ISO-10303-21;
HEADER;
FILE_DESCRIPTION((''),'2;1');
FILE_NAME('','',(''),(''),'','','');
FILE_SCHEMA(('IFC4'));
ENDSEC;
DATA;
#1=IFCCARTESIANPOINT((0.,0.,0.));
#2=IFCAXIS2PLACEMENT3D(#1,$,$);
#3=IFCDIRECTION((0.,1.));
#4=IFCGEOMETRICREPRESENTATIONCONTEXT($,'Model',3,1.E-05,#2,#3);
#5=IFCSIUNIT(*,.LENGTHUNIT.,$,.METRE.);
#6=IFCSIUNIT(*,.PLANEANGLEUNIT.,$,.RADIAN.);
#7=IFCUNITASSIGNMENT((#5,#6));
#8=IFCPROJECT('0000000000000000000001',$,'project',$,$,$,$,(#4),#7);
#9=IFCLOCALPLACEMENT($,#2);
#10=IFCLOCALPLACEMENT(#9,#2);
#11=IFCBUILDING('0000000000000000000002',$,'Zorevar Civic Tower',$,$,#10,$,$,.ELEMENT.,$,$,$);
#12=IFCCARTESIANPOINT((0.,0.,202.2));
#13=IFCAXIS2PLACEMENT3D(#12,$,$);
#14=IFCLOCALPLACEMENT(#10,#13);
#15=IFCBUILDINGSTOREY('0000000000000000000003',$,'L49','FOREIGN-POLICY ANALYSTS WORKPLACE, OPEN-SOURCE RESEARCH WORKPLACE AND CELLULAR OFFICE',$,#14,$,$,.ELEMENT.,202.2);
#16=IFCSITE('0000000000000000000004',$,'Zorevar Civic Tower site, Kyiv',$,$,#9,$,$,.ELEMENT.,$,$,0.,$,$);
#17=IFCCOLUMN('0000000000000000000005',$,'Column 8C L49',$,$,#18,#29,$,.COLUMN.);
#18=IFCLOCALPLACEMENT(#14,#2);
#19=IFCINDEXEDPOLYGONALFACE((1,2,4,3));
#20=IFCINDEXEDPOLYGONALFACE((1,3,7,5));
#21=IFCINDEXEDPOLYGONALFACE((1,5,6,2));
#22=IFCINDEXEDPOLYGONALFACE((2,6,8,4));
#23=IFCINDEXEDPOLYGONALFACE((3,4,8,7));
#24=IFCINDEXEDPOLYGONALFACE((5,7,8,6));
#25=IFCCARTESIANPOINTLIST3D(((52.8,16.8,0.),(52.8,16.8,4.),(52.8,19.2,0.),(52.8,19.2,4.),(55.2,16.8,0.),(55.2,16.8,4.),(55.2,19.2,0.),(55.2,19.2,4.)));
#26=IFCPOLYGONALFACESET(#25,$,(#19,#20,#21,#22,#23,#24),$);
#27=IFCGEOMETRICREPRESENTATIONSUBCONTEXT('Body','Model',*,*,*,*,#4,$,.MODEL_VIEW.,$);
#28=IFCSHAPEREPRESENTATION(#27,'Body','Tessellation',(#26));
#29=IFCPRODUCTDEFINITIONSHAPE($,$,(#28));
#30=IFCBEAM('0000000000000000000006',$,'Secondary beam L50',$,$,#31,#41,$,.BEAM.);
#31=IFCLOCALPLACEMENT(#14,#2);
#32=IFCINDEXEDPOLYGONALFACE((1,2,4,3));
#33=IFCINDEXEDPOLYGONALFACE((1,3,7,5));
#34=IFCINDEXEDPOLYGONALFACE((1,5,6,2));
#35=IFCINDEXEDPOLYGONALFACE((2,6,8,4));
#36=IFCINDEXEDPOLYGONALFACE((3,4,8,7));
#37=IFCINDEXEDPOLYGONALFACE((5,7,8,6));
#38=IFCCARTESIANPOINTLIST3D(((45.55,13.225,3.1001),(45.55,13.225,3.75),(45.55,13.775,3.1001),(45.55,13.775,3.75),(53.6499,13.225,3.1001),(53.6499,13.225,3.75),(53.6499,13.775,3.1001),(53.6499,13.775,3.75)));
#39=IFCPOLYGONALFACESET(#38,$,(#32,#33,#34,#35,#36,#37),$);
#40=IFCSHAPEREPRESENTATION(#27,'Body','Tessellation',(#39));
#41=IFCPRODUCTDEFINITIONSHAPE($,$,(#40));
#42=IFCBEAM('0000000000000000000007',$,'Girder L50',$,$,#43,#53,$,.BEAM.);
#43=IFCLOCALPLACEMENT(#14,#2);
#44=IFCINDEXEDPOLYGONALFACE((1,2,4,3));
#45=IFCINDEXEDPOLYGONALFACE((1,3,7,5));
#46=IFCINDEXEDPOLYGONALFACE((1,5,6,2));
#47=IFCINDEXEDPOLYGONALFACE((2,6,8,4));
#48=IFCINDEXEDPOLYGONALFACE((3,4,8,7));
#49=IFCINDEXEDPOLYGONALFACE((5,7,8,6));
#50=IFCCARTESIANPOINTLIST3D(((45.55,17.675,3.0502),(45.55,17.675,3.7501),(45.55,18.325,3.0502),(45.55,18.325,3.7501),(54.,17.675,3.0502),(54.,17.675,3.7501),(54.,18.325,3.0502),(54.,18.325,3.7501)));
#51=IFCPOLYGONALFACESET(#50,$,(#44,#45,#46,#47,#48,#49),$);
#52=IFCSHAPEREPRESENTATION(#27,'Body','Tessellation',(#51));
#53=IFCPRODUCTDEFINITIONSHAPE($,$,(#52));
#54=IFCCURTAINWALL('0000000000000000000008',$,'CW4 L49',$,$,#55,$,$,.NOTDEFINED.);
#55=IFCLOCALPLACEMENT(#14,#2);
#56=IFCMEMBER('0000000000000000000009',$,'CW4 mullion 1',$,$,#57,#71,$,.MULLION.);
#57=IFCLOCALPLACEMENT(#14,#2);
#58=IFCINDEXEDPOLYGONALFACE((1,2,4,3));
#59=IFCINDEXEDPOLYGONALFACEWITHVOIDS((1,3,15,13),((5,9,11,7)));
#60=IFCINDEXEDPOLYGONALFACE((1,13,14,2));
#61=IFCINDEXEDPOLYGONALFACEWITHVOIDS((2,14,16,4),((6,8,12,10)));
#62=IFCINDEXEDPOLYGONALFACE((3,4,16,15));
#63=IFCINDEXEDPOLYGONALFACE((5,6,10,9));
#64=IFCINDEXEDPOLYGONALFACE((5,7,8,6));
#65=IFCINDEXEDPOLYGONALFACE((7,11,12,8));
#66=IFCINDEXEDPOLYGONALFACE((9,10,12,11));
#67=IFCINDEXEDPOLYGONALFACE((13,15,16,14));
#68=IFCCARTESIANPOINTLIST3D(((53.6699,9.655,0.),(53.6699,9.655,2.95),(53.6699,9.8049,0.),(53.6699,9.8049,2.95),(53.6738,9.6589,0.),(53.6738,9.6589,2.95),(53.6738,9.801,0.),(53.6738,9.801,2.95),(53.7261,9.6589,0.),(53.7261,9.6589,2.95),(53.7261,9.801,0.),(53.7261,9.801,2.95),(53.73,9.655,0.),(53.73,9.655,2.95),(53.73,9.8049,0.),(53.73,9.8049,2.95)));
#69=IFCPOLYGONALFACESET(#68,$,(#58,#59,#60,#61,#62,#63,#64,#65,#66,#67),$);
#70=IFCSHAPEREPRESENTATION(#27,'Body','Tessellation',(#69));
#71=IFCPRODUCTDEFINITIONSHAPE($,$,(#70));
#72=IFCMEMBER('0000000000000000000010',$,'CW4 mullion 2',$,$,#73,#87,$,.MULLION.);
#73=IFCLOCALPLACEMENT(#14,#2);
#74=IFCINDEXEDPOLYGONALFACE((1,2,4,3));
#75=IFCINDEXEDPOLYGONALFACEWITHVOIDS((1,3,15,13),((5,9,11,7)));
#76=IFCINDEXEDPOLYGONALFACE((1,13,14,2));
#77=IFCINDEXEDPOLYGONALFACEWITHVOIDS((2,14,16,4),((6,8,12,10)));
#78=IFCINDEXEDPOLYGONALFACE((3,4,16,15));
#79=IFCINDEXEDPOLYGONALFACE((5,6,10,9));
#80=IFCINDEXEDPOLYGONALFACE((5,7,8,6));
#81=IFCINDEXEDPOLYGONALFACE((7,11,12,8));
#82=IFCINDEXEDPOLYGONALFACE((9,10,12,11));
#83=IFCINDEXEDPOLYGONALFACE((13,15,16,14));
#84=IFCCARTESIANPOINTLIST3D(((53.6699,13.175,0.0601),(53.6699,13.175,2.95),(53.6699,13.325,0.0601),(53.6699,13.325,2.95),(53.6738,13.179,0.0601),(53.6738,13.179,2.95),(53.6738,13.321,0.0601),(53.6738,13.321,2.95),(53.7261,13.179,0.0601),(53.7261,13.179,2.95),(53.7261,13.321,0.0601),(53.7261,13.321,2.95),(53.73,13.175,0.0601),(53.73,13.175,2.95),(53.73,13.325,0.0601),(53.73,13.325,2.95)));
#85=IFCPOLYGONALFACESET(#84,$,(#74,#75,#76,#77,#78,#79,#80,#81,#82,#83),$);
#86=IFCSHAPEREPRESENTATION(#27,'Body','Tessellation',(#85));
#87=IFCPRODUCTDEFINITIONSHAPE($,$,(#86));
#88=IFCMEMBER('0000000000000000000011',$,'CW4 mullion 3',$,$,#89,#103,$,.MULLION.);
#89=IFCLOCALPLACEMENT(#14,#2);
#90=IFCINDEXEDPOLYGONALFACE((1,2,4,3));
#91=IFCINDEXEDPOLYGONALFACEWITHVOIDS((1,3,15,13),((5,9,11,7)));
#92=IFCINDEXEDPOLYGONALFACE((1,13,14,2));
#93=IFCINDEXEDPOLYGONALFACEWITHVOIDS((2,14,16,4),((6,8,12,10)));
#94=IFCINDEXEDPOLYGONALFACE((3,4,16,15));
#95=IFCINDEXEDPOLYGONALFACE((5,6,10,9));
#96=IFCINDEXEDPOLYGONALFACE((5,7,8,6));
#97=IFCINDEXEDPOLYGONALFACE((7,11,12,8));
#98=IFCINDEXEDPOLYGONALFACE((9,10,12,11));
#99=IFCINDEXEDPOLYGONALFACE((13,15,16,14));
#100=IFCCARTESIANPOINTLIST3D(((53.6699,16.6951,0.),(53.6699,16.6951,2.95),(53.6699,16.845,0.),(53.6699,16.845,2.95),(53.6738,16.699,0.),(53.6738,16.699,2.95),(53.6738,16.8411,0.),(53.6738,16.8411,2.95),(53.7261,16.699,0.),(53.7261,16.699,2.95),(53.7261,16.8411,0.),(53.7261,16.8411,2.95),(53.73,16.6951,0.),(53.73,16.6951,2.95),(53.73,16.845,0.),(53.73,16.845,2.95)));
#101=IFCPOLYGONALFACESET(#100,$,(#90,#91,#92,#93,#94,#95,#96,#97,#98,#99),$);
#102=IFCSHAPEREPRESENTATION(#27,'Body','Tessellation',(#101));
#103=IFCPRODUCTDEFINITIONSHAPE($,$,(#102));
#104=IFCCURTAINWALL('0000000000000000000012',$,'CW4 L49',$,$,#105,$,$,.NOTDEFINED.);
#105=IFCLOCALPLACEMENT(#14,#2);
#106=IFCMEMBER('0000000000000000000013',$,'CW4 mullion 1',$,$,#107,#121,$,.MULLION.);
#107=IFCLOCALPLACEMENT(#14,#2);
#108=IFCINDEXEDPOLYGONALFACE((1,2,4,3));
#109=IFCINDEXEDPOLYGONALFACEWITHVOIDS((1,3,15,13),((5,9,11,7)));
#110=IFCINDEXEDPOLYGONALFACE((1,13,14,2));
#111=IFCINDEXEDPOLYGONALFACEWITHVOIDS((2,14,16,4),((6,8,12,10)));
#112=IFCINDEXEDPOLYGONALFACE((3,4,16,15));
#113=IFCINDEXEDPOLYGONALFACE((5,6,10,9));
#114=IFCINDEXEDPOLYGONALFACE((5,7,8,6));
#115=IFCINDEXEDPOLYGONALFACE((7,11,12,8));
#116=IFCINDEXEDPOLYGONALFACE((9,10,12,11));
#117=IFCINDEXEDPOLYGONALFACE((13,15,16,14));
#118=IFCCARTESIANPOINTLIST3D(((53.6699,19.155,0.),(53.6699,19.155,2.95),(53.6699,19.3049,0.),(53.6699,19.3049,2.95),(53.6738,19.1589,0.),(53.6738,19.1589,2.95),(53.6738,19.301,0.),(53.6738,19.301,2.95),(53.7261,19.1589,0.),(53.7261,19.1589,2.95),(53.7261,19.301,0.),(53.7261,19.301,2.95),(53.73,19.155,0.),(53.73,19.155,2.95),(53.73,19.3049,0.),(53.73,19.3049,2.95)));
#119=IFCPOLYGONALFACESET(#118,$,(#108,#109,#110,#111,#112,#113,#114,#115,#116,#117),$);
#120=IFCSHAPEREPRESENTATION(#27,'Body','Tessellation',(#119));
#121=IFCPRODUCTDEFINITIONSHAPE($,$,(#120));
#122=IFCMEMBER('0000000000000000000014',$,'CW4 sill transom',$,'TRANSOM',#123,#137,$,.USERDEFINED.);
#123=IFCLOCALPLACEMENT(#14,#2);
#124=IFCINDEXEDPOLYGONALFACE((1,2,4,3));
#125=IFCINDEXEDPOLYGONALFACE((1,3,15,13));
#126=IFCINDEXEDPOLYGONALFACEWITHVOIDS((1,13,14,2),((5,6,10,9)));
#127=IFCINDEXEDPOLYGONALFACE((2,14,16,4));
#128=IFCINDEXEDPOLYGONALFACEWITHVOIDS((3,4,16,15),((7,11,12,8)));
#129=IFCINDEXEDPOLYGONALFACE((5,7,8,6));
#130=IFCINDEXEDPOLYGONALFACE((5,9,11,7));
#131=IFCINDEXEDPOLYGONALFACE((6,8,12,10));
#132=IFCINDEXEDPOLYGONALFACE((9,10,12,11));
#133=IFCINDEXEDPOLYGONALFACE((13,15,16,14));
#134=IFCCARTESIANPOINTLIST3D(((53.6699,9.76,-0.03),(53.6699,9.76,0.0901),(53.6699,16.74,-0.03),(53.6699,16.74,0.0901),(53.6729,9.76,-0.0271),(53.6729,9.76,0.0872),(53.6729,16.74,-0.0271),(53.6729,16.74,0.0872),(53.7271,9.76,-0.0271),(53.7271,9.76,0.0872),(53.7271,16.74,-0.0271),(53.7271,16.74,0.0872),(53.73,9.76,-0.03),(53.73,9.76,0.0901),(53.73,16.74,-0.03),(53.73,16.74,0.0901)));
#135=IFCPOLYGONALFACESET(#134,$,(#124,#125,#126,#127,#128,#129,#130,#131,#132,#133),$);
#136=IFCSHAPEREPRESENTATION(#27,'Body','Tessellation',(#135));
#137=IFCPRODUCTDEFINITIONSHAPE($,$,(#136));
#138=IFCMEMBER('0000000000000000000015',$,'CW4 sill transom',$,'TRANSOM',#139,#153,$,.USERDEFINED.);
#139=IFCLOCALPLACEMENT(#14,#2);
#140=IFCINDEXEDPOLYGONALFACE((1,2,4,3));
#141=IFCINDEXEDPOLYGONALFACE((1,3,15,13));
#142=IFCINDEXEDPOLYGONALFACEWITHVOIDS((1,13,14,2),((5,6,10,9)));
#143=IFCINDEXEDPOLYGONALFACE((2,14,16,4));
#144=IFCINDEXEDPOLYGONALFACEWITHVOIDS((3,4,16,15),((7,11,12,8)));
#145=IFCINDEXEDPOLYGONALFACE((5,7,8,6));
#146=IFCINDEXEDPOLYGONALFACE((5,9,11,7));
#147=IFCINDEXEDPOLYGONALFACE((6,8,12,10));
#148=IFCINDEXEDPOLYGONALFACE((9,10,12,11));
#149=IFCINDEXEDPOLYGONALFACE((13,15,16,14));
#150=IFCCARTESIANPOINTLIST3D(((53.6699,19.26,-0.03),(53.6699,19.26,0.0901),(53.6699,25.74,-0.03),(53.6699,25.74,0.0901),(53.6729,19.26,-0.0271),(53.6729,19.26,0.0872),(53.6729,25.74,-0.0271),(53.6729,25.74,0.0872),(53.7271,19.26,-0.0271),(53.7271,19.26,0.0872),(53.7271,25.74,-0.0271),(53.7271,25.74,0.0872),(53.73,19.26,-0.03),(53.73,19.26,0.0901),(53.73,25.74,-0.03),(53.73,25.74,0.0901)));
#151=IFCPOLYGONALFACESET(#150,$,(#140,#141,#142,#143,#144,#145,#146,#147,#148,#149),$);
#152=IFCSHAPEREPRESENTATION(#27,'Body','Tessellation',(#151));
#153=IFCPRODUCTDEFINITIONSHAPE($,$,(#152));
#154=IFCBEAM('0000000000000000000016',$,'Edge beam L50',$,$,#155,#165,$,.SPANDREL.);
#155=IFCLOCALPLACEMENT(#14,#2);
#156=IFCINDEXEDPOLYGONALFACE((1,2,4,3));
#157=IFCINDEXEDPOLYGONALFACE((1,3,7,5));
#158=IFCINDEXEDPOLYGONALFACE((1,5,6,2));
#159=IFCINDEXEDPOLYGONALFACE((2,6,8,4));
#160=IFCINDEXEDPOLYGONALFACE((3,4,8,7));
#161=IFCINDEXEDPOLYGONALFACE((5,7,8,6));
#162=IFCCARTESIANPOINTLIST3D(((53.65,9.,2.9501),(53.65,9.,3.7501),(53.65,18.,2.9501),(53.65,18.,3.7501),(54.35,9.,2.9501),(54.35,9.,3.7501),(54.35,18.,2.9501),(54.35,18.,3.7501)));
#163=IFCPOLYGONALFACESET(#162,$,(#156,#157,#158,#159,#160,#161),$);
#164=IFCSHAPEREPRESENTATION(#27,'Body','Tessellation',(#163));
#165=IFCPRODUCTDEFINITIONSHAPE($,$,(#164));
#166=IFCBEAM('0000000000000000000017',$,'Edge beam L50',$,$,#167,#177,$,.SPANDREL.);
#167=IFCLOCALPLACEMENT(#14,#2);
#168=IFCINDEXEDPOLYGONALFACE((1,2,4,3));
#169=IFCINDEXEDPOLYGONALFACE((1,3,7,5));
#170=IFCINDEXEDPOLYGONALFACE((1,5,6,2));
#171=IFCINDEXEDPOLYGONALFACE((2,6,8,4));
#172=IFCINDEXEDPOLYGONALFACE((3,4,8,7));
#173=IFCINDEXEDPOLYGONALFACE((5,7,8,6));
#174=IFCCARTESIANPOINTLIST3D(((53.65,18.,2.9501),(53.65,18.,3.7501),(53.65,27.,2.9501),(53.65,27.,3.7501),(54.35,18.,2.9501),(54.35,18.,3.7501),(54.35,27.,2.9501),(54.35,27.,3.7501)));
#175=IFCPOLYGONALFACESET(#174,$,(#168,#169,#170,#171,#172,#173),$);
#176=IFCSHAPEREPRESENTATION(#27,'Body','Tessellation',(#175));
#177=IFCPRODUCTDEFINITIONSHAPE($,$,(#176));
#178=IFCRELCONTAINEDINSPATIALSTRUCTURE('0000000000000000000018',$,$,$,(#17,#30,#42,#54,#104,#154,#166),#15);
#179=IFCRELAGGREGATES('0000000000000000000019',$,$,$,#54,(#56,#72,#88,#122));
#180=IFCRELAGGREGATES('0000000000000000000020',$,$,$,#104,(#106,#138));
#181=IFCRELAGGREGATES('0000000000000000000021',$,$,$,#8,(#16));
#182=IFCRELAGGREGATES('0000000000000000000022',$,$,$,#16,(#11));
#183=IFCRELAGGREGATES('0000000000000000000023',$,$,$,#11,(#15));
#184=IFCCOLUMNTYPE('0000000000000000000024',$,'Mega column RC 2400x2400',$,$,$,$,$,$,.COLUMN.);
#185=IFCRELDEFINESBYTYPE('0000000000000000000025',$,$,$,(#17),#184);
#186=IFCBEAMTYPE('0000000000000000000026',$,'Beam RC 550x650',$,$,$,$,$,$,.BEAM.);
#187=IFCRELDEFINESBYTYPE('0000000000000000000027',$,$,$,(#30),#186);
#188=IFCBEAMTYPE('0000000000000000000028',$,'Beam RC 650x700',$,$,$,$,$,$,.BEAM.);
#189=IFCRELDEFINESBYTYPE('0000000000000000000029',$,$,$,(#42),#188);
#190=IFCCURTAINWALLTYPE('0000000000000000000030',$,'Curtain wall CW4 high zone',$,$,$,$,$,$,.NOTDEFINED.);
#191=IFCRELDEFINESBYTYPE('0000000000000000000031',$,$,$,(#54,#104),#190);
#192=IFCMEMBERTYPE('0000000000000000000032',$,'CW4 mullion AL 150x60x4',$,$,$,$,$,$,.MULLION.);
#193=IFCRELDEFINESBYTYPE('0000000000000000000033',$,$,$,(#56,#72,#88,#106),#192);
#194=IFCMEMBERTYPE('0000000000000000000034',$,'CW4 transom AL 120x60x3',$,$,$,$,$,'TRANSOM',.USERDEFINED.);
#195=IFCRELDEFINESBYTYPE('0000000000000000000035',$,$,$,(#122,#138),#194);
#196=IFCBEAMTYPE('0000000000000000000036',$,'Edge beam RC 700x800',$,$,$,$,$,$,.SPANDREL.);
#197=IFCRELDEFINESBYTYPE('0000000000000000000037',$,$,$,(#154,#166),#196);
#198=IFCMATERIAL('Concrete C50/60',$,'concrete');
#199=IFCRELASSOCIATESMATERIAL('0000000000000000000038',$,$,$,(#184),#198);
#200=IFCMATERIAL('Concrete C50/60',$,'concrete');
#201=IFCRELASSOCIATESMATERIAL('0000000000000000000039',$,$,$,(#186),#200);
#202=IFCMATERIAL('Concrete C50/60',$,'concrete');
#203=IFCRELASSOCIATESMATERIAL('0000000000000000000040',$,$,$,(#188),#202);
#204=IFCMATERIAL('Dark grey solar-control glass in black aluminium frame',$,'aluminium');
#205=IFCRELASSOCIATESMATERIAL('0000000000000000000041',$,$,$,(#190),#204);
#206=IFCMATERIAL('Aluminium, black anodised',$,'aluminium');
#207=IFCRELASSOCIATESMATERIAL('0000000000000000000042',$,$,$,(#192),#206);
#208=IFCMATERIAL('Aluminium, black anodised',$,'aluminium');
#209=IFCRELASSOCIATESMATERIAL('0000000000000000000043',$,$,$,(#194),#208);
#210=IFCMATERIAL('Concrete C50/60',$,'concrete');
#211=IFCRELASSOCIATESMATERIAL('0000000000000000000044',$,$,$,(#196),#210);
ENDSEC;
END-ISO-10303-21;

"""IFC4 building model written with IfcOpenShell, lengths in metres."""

from ifc_helpers import new_model, si_unit, direction, frame, origin, origin_2d, place, context, subcontext, project, spatial, rectangle, hollow_rectangle, extrude, material, material_profile, profile_set, type_object, element, aggregate, save


model = new_model("IFC4")

# Units and contexts
model_context = context("Model", 3, precision=1e-05, world=origin(), true_north=direction((0.0, 1.0)))
body_context = subcontext(model_context, "Body", "Model", "MODEL_VIEW")
ifc_project = project(units=[si_unit("LENGTHUNIT", "METRE"), si_unit("PLANEANGLEUNIT", "RADIAN")], contexts=[model_context])

# Site, building, storey
site_placement = place(None, origin())
site = spatial("IfcSite", under=ifc_project, at=site_placement, Name="Zorevar Civic Tower site, Kyiv", CompositionType="ELEMENT", RefElevation=0.0)
building_placement = place(site_placement, origin())
building = spatial("IfcBuilding", under=site, at=building_placement, Name="Zorevar Civic Tower", CompositionType="ELEMENT")
storey_placement = place(building_placement, frame((0.0, 0.0, 202.2)))
storey = spatial("IfcBuildingStorey", under=building, at=storey_placement, Name="L49", Description="FOREIGN-POLICY ANALYSTS WORKPLACE, OPEN-SOURCE RESEARCH WORKPLACE AND CELLULAR OFFICE", CompositionType="ELEMENT", Elevation=202.2)

# Column
ifc_material_1 = material(Name="Concrete C50/60", Category="concrete")
ifc_material_profile_1 = material_profile(ifc_material_1, rectangle(XDim=2.3999, YDim=2.3999, at=origin_2d()), Name="RC 2400x2400")
ifc_profile_set_1 = profile_set([ifc_material_profile_1], Name="Concrete C50/60")
column_type = type_object("IfcColumnType", Name="Mega column RC 2400x2400", PredefinedType="COLUMN", material=ifc_profile_set_1)
column_placement = place(storey_placement, frame((54.0, 18.0, 0.0), z_axis=(0.0, 0.0, 1.0), x_axis=(1.0, 0.0, 0.0)))
element("IfcColumn", 1, at=column_placement, inside=storey, type_object=column_type, Name="Column 8C L49", PredefinedType="COLUMN", context=body_context, shape_type="SweptSolid", body=[
    extrude(rectangle(XDim=2.3999, YDim=2.3999, at=origin_2d()), origin(), (0.0, 0.0, 1.0), 4.0),
])

# Beams
ifc_material_2 = material(Name="Concrete C50/60", Category="concrete")
ifc_material_profile_2 = material_profile(ifc_material_2, rectangle(XDim=0.55, YDim=0.6499, at=origin_2d()), Name="RC 550x650")
ifc_profile_set_2 = profile_set([ifc_material_profile_2], Name="Concrete C50/60")
beam_type_1 = type_object("IfcBeamType", Name="Beam RC 550x650", PredefinedType="BEAM", material=ifc_profile_set_2)
beam_1_placement = place(storey_placement, frame((45.55, 13.5, 3.425), z_axis=(1.0, 0.0, 0.0), x_axis=(0.0, 1.0, 0.0)))
element("IfcBeam", 2, at=beam_1_placement, inside=storey, type_object=beam_type_1, Name="Secondary beam L50", PredefinedType="BEAM", context=body_context, shape_type="SweptSolid", body=[
    extrude(rectangle(XDim=0.55, YDim=0.6499, at=origin_2d()), origin(), (0.0, 0.0, 1.0), 8.0999),
])
ifc_material_3 = material(Name="Concrete C50/60", Category="concrete")
ifc_material_profile_3 = material_profile(ifc_material_3, rectangle(XDim=0.6499, YDim=0.7, at=origin_2d()), Name="RC 650x700")
ifc_profile_set_3 = profile_set([ifc_material_profile_3], Name="Concrete C50/60")
beam_type_2 = type_object("IfcBeamType", Name="Beam RC 650x700", PredefinedType="BEAM", material=ifc_profile_set_3)
beam_2_placement = place(storey_placement, frame((45.55, 18.0, 3.4001), z_axis=(1.0, 0.0, 0.0), x_axis=(0.0, 1.0, 0.0)))
element("IfcBeam", 3, at=beam_2_placement, inside=storey, type_object=beam_type_2, Name="Girder L50", PredefinedType="BEAM", context=body_context, shape_type="SweptSolid", body=[
    extrude(rectangle(XDim=0.6499, YDim=0.7, at=origin_2d()), origin(), (0.0, 0.0, 1.0), 8.45),
])

# Curtain wall, members
ifc_material_4 = material(Name="Dark grey solar-control glass in black aluminium frame", Category="aluminium")
curtain_wall_type = type_object("IfcCurtainWallType", Name="Curtain wall CW4 high zone", PredefinedType="NOTDEFINED", material=ifc_material_4)
curtain_wall_1_placement = place(storey_placement, origin())
curtain_wall_1 = element("IfcCurtainWall", 4, at=curtain_wall_1_placement, inside=storey, type_object=curtain_wall_type, Name="CW4 L49", PredefinedType="NOTDEFINED")
ifc_material_5 = material(Name="Aluminium, black anodised", Category="aluminium")
ifc_material_profile_4 = material_profile(ifc_material_5, hollow_rectangle(XDim=0.0601, YDim=0.1499, WallThickness=0.0039, at=origin_2d()), Name="AL 150x60x4")
ifc_profile_set_4 = profile_set([ifc_material_profile_4], Name="Aluminium, black anodised")
member_type_1 = type_object("IfcMemberType", Name="CW4 mullion AL 150x60x4", PredefinedType="MULLION", material=ifc_profile_set_4)
member_1_placement = place(storey_placement, frame((53.7, 9.73, 0.0), z_axis=(0.0, 0.0, 1.0), x_axis=(-1.0, 0.0, 0.0)))
member_1 = element("IfcMember", 5, at=member_1_placement, type_object=member_type_1, Name="CW4 mullion 1", PredefinedType="MULLION", context=body_context, shape_type="SweptSolid", body=[
    extrude(hollow_rectangle(XDim=0.0601, YDim=0.1499, WallThickness=0.0039, at=origin_2d()), origin(), (0.0, 0.0, 1.0), 2.95),
])
member_2_placement = place(storey_placement, frame((53.7, 13.25, 0.0601), z_axis=(0.0, 0.0, 1.0), x_axis=(-1.0, 0.0, 0.0)))
member_2 = element("IfcMember", 6, at=member_2_placement, type_object=member_type_1, Name="CW4 mullion 2", PredefinedType="MULLION", context=body_context, shape_type="SweptSolid", body=[
    extrude(hollow_rectangle(XDim=0.0601, YDim=0.1499, WallThickness=0.0039, at=origin_2d()), origin(), (0.0, 0.0, 1.0), 2.8899),
])
member_3_placement = place(storey_placement, frame((53.7, 16.77, 0.0), z_axis=(0.0, 0.0, 1.0), x_axis=(-1.0, 0.0, 0.0)))
member_3 = element("IfcMember", 7, at=member_3_placement, type_object=member_type_1, Name="CW4 mullion 3", PredefinedType="MULLION", context=body_context, shape_type="SweptSolid", body=[
    extrude(hollow_rectangle(XDim=0.0601, YDim=0.1499, WallThickness=0.0039, at=origin_2d()), origin(), (0.0, 0.0, 1.0), 2.95),
])

# Curtain wall, member
curtain_wall_2_placement = place(storey_placement, origin())
curtain_wall_2 = element("IfcCurtainWall", 8, at=curtain_wall_2_placement, inside=storey, type_object=curtain_wall_type, Name="CW4 L49", PredefinedType="NOTDEFINED")
member_4_placement = place(storey_placement, frame((53.7, 19.23, 0.0), z_axis=(0.0, 0.0, 1.0), x_axis=(-1.0, 0.0, 0.0)))
member_4 = element("IfcMember", 9, at=member_4_placement, type_object=member_type_1, Name="CW4 mullion 1", PredefinedType="MULLION", context=body_context, shape_type="SweptSolid", body=[
    extrude(hollow_rectangle(XDim=0.0601, YDim=0.1499, WallThickness=0.0039, at=origin_2d()), origin(), (0.0, 0.0, 1.0), 2.95),
])

# Members
ifc_material_6 = material(Name="Aluminium, black anodised", Category="aluminium")
ifc_material_profile_5 = material_profile(ifc_material_6, hollow_rectangle(XDim=0.0601, YDim=0.1201, WallThickness=0.0029, at=origin_2d()), Name="AL 120x60x3")
ifc_profile_set_5 = profile_set([ifc_material_profile_5], Name="Aluminium, black anodised")
member_type_2 = type_object("IfcMemberType", Name="CW4 transom AL 120x60x3", ElementType="TRANSOM", PredefinedType="USERDEFINED", material=ifc_profile_set_5)
member_5_placement = place(storey_placement, frame((53.7, 9.76, 0.03), z_axis=(0.0, 1.0, 0.0), x_axis=(-1.0, 0.0, 0.0)))
member_5 = element("IfcMember", 10, at=member_5_placement, type_object=member_type_2, Name="CW4 sill transom", ObjectType="TRANSOM", PredefinedType="USERDEFINED", context=body_context, shape_type="SweptSolid", body=[
    extrude(hollow_rectangle(XDim=0.0601, YDim=0.1201, WallThickness=0.0029, at=origin_2d()), origin(), (0.0, 0.0, 1.0), 6.98),
])
member_6_placement = place(storey_placement, frame((53.7, 19.26, 0.03), z_axis=(0.0, 1.0, 0.0), x_axis=(-1.0, 0.0, 0.0)))
member_6 = element("IfcMember", 11, at=member_6_placement, type_object=member_type_2, Name="CW4 sill transom", ObjectType="TRANSOM", PredefinedType="USERDEFINED", context=body_context, shape_type="SweptSolid", body=[
    extrude(hollow_rectangle(XDim=0.0601, YDim=0.1201, WallThickness=0.0029, at=origin_2d()), origin(), (0.0, 0.0, 1.0), 6.48),
])

# Beams
ifc_material_7 = material(Name="Concrete C50/60", Category="concrete")
ifc_material_profile_6 = material_profile(ifc_material_7, rectangle(XDim=0.7, YDim=0.8, at=origin_2d()), Name="RC 700x800")
ifc_profile_set_6 = profile_set([ifc_material_profile_6], Name="Concrete C50/60")
beam_type_3 = type_object("IfcBeamType", Name="Edge beam RC 700x800", PredefinedType="SPANDREL", material=ifc_profile_set_6)
for number, where, z_axis, x_axis, name in (
    (12, (54.0, 9.0, 3.3501), (0.0, 1.0, 0.0), (-1.0, 0.0, 0.0), "Edge beam L50"),
    (13, (54.0, 18.0, 3.3501), (0.0, 1.0, 0.0), (-1.0, 0.0, 0.0), "Edge beam L50"),
):
    element("IfcBeam", number, at=place(storey_placement, frame(where, z_axis=z_axis, x_axis=x_axis)), inside=storey, type_object=beam_type_3, Name=name, PredefinedType="SPANDREL", context=body_context, shape_type="SweptSolid", body=[
        extrude(rectangle(XDim=0.7, YDim=0.8, at=origin_2d()), origin(), (0.0, 0.0, 1.0), 9.0),
    ])

aggregate(curtain_wall_1, [member_1, member_2, member_3, member_5])
aggregate(curtain_wall_2, [member_4, member_6])

save(model, "model.ifc")
